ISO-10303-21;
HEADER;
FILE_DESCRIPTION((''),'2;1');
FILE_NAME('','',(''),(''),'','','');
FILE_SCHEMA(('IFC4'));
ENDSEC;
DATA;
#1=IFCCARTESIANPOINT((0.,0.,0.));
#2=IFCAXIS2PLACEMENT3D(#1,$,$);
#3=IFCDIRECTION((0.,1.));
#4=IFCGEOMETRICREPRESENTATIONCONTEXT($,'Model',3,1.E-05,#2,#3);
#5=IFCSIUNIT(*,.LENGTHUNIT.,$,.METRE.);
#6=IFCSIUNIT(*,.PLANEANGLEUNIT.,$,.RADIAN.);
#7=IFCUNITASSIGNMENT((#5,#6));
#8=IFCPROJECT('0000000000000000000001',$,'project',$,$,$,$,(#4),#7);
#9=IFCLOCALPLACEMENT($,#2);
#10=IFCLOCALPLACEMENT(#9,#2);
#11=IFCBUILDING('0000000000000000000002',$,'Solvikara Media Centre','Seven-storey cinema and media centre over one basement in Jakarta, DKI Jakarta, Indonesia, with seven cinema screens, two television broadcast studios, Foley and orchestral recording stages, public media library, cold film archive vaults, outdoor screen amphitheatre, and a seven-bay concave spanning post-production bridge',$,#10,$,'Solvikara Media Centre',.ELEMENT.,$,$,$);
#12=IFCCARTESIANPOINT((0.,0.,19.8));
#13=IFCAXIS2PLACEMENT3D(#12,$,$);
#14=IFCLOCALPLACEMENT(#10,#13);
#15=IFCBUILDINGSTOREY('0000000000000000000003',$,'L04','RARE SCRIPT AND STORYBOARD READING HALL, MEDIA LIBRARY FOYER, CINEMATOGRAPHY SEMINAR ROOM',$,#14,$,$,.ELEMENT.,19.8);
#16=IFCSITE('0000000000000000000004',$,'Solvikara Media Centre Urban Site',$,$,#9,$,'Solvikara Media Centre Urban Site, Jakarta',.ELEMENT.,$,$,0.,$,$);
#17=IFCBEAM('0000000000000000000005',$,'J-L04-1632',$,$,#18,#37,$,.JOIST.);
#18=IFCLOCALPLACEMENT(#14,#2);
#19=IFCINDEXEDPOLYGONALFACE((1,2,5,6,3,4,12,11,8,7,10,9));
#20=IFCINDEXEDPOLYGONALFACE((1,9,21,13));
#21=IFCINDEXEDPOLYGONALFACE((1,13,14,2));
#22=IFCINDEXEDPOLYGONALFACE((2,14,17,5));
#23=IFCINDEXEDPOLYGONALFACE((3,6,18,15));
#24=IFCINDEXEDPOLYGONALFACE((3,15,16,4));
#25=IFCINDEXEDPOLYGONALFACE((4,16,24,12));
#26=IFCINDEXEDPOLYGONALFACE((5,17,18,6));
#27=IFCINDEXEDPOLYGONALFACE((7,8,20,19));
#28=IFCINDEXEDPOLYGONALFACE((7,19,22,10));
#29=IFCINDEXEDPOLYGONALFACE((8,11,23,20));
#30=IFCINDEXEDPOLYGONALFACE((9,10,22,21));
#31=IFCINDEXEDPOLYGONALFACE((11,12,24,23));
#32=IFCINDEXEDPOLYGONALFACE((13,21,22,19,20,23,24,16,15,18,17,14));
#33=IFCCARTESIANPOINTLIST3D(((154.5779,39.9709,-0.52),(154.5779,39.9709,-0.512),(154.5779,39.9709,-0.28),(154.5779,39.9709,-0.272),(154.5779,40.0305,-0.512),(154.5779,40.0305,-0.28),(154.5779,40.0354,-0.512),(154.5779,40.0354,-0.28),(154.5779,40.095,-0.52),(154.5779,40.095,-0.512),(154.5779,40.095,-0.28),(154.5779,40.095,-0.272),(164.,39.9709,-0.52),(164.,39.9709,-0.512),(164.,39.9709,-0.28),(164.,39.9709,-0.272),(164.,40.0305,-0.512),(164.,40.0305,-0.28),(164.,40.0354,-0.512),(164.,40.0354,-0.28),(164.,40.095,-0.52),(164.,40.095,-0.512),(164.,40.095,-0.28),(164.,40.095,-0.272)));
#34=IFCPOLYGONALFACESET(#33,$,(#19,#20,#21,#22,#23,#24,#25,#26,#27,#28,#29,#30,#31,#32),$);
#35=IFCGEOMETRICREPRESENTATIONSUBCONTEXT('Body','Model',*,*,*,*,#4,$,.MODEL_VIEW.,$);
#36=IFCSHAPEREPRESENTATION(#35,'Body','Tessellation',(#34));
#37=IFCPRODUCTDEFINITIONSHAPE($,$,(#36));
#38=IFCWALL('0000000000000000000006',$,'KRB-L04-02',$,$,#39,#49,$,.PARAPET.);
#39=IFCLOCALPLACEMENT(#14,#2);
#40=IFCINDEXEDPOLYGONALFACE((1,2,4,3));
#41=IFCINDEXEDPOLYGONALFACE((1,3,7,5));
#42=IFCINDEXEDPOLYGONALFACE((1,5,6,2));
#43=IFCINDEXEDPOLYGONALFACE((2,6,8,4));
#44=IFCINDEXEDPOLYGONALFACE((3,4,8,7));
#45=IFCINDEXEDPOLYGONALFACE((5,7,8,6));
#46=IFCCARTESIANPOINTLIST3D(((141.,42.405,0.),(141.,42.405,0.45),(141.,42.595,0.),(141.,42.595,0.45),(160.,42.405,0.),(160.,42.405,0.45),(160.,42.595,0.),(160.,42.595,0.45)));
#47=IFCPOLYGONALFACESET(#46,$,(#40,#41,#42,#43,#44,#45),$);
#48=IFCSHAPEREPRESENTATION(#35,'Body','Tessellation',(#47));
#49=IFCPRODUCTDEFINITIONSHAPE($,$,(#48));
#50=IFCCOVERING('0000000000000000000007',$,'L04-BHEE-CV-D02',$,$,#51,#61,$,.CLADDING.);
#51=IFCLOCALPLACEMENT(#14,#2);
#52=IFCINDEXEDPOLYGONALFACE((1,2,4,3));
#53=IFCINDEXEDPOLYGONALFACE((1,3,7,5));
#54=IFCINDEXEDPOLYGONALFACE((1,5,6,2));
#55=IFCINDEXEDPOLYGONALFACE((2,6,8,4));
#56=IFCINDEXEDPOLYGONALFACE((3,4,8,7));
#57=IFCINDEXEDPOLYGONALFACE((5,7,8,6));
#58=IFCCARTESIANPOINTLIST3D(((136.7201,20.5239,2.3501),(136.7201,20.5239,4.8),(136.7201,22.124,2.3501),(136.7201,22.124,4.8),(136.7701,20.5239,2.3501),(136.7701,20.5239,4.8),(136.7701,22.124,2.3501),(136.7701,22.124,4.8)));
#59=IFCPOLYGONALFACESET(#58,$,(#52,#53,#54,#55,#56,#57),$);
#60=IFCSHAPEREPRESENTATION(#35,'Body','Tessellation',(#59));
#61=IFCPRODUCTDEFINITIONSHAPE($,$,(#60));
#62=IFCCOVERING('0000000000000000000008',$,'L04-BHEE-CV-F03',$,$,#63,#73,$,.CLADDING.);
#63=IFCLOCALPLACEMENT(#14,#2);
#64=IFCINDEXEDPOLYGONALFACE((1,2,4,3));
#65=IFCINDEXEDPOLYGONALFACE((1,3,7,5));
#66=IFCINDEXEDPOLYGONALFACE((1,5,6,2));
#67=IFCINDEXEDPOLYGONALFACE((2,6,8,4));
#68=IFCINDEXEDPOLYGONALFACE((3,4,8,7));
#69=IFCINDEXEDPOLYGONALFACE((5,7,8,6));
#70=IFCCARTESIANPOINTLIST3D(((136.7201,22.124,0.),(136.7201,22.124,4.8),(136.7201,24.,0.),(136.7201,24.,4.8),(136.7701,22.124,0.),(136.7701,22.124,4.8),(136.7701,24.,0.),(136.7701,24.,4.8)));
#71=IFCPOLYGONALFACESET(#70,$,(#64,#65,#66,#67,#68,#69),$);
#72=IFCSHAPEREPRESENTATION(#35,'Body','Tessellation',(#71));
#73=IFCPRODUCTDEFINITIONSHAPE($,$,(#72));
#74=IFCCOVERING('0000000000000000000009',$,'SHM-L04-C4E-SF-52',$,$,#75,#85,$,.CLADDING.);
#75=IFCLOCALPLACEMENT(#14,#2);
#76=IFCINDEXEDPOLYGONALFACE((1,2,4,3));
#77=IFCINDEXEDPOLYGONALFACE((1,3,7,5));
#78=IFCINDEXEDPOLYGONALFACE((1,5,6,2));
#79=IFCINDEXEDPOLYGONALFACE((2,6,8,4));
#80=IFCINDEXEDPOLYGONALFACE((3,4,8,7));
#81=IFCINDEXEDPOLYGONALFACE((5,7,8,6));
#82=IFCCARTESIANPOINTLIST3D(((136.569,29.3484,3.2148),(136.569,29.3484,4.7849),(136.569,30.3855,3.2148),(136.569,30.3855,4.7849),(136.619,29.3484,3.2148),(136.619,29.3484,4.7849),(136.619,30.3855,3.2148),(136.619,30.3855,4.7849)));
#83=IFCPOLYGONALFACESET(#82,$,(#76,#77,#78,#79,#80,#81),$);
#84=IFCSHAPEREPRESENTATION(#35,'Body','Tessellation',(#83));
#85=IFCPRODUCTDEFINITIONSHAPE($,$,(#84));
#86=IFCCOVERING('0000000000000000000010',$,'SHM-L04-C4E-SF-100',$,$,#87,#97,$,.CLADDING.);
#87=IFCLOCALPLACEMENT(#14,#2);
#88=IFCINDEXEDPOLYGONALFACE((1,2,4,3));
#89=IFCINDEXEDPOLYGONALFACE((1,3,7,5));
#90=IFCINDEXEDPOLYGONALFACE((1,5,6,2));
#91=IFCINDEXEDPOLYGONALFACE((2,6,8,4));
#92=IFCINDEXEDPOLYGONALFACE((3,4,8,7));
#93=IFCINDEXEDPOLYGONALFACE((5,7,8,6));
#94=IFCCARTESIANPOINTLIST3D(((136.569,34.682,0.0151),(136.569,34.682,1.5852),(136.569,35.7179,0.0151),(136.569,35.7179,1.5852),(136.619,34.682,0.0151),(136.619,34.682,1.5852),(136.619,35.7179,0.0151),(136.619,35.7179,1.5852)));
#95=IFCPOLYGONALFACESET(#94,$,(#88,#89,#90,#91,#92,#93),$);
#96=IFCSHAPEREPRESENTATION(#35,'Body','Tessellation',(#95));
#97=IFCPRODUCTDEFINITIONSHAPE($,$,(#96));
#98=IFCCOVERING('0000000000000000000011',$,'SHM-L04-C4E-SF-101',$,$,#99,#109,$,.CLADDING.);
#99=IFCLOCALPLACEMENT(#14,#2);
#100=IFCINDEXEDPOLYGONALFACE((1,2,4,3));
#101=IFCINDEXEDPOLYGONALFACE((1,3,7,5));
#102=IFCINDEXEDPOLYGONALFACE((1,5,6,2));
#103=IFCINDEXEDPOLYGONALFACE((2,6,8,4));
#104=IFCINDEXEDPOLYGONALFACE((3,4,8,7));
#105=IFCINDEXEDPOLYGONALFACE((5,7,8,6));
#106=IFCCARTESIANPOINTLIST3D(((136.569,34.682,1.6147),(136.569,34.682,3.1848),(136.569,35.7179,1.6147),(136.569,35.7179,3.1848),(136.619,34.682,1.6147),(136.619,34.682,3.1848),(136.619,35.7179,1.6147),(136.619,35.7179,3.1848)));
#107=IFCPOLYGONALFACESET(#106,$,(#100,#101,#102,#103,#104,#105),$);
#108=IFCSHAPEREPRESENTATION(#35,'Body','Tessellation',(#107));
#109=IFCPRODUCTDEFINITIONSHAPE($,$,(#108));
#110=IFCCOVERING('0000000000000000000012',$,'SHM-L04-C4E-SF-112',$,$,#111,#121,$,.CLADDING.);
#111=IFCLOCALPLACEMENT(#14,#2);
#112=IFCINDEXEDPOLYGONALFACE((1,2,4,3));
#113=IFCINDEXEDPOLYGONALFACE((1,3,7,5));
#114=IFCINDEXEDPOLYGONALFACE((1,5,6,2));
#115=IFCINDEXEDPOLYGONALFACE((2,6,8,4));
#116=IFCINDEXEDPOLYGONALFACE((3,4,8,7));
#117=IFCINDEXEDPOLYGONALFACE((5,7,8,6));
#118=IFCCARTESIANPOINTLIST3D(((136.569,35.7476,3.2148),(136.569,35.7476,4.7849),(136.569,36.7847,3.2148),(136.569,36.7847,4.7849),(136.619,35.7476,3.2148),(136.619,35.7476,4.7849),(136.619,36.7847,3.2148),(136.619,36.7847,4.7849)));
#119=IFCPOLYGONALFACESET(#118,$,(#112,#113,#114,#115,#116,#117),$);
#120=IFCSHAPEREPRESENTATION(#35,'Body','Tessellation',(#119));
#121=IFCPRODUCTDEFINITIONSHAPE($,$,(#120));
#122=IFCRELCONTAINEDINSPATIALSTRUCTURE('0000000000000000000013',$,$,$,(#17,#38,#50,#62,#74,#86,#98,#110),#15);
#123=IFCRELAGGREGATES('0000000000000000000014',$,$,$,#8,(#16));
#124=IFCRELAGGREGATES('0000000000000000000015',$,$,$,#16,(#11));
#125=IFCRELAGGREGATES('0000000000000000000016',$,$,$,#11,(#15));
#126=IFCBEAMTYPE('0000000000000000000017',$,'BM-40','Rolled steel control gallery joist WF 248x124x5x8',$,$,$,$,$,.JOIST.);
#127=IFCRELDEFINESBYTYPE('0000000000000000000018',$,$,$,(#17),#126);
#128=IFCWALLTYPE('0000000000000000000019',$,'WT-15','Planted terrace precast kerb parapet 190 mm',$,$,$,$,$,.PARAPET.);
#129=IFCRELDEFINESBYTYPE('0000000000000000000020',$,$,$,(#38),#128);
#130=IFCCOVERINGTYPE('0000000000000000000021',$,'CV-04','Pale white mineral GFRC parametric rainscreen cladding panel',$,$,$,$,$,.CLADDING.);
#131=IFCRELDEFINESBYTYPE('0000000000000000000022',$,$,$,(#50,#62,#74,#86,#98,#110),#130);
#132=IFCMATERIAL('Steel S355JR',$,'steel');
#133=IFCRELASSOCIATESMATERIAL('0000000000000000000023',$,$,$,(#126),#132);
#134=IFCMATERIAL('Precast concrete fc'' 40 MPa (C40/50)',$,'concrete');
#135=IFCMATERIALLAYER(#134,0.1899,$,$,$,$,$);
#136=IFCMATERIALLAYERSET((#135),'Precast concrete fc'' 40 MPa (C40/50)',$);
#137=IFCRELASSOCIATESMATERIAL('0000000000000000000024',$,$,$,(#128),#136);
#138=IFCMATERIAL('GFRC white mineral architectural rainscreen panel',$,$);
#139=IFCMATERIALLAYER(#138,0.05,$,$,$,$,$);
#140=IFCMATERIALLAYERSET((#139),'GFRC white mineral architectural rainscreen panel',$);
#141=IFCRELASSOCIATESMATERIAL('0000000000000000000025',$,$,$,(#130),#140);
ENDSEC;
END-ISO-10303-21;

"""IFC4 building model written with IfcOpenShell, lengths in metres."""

from ifc_helpers import new_model, si_unit, direction, frame, frame_2d, origin, origin_2d, place, context, subcontext, project, spatial, rectangle, i_section, extrude, material, layer, layer_set, material_profile, profile_set, type_object, element, save


model = new_model("IFC4")

# Units and contexts
model_context = context("Model", 3, precision=1e-05, world=origin(), true_north=direction((0.0, 1.0)))
body_context = subcontext(model_context, "Body", "Model", "MODEL_VIEW")
ifc_project = project(units=[si_unit("LENGTHUNIT", "METRE"), si_unit("PLANEANGLEUNIT", "RADIAN")], contexts=[model_context])

# Site, building, storey
site_placement = place(None, origin())
site = spatial("IfcSite", under=ifc_project, at=site_placement, Name="Solvikara Media Centre Urban Site", LongName="Solvikara Media Centre Urban Site, Jakarta", CompositionType="ELEMENT", RefElevation=0.0)
building_placement = place(site_placement, origin())
building = spatial("IfcBuilding", under=site, at=building_placement, Name="Solvikara Media Centre", Description="Seven-storey cinema and media centre over one basement in Jakarta, DKI Jakarta, Indonesia, with seven cinema screens, two television broadcast studios, Foley and orchestral recording stages, public media library, cold film archive vaults, outdoor screen amphitheatre, and a seven-bay concave spanning post-production bridge", LongName="Solvikara Media Centre", CompositionType="ELEMENT")
storey_placement = place(building_placement, frame((0.0, 0.0, 19.8)))
storey = spatial("IfcBuildingStorey", under=building, at=storey_placement, Name="L04", Description="RARE SCRIPT AND STORYBOARD READING HALL, MEDIA LIBRARY FOYER, CINEMATOGRAPHY SEMINAR ROOM", CompositionType="ELEMENT", Elevation=19.8)

# Beam
ifc_material_1 = material(Name="Steel S355JR", Category="steel")
ifc_material_profile_1 = material_profile(ifc_material_1, i_section(OverallWidth=0.124, OverallDepth=0.248, WebThickness=0.0049, FlangeThickness=0.0081, at=origin_2d()), Name="WF 248x124x5x8")
ifc_profile_set_1 = profile_set([ifc_material_profile_1], Name="Steel S355JR")
beam_type_1 = type_object("IfcBeamType", Name="BM-40", Description="Rolled steel control gallery joist WF 248x124x5x8", PredefinedType="JOIST", material=ifc_profile_set_1)
beam_1_placement = place(storey_placement, frame((154.5779, 40.033, -0.396), z_axis=(1.0, 0.0, 0.0), x_axis=(0.0, 1.0, 0.0)))
element("IfcBeam", 1, at=beam_1_placement, inside=storey, type_object=beam_type_1, Name="J-L04-1632", PredefinedType="JOIST", context=body_context, shape_type="SweptSolid", body=[
    extrude(i_section(OverallWidth=0.124, OverallDepth=0.248, WebThickness=0.0049, FlangeThickness=0.0081, at=origin_2d()), origin(), (0.0, 0.0, 1.0), 9.4221),
])

# Wall
ifc_material_2 = material(Name="Precast concrete fc' 40 MPa (C40/50)", Category="concrete")
ifc_layer_1 = layer(ifc_material_2, 0.1899)
ifc_layer_set_1 = layer_set([ifc_layer_1], Name="Precast concrete fc' 40 MPa (C40/50)")
wall_type = type_object("IfcWallType", Name="WT-15", Description="Planted terrace precast kerb parapet 190 mm", PredefinedType="PARAPET", material=ifc_layer_set_1)
wall_placement = place(storey_placement, frame((141.0, 42.5, 0.0), z_axis=(0.0, 0.0, 1.0), x_axis=(1.0, 0.0, 0.0)))
element("IfcWall", 2, at=wall_placement, inside=storey, type_object=wall_type, Name="KRB-L04-02", PredefinedType="PARAPET", context=body_context, shape_type="SweptSolid", body=[
    extrude(rectangle(XDim=19.0, YDim=0.1899, at=frame_2d((9.5, 0.0))), origin(), (0.0, 0.0, 1.0), 0.45),
])

# Coverings
ifc_material_3 = material(Name="GFRC white mineral architectural rainscreen panel")
ifc_layer_2 = layer(ifc_material_3, 0.05)
ifc_layer_set_2 = layer_set([ifc_layer_2], Name="GFRC white mineral architectural rainscreen panel")
covering_type = type_object("IfcCoveringType", Name="CV-04", Description="Pale white mineral GFRC parametric rainscreen cladding panel", PredefinedType="CLADDING", material=ifc_layer_set_2)
covering_1_placement = place(storey_placement, frame((136.7451, 21.324, 2.3501), z_axis=(0.0, 0.0, 1.0), x_axis=(0.0, 1.0, 0.0)))
element("IfcCovering", 3, at=covering_1_placement, inside=storey, type_object=covering_type, Name="L04-BHEE-CV-D02", PredefinedType="CLADDING", context=body_context, shape_type="SweptSolid", body=[
    extrude(rectangle(XDim=1.6001, YDim=0.05, at=origin_2d()), origin(), (0.0, 0.0, 1.0), 2.45),
])
covering_2_placement = place(storey_placement, frame((136.7451, 23.062, 0.0), z_axis=(0.0, 0.0, 1.0), x_axis=(0.0, 1.0, 0.0)))
element("IfcCovering", 4, at=covering_2_placement, inside=storey, type_object=covering_type, Name="L04-BHEE-CV-F03", PredefinedType="CLADDING", context=body_context, shape_type="SweptSolid", body=[
    extrude(rectangle(XDim=1.876, YDim=0.05, at=origin_2d()), origin(), (0.0, 0.0, 1.0), 4.8),
])
covering_3_placement = place(storey_placement, frame((136.594, 29.8669, 3.2148), z_axis=(0.0, 0.0, 1.0), x_axis=(0.0, 1.0, 0.0)))
element("IfcCovering", 5, at=covering_3_placement, inside=storey, type_object=covering_type, Name="SHM-L04-C4E-SF-52", PredefinedType="CLADDING", context=body_context, shape_type="SweptSolid", body=[
    extrude(rectangle(XDim=1.0371, YDim=0.05, at=origin_2d()), origin(), (0.0, 0.0, 1.0), 1.5701),
])
for number, where, z_axis, x_axis, name in (
    (6, (136.594, 35.2, 0.0151), (0.0, 0.0, 1.0), (0.0, 1.0, 0.0), "SHM-L04-C4E-SF-100"),
    (7, (136.594, 35.2, 1.6147), (0.0, 0.0, 1.0), (0.0, 1.0, 0.0), "SHM-L04-C4E-SF-101"),
):
    element("IfcCovering", number, at=place(storey_placement, frame(where, z_axis=z_axis, x_axis=x_axis)), inside=storey, type_object=covering_type, Name=name, PredefinedType="CLADDING", context=body_context, shape_type="SweptSolid", body=[
        extrude(rectangle(XDim=1.0359, YDim=0.05, at=origin_2d()), origin(), (0.0, 0.0, 1.0), 1.5701),
    ])
covering_4_placement = place(storey_placement, frame((136.594, 36.2661, 3.2148), z_axis=(0.0, 0.0, 1.0), x_axis=(0.0, 1.0, 0.0)))
element("IfcCovering", 8, at=covering_4_placement, inside=storey, type_object=covering_type, Name="SHM-L04-C4E-SF-112", PredefinedType="CLADDING", context=body_context, shape_type="SweptSolid", body=[
    extrude(rectangle(XDim=1.0371, YDim=0.05, at=origin_2d()), origin(), (0.0, 0.0, 1.0), 1.5701),
])

save(model, "model.ifc")
